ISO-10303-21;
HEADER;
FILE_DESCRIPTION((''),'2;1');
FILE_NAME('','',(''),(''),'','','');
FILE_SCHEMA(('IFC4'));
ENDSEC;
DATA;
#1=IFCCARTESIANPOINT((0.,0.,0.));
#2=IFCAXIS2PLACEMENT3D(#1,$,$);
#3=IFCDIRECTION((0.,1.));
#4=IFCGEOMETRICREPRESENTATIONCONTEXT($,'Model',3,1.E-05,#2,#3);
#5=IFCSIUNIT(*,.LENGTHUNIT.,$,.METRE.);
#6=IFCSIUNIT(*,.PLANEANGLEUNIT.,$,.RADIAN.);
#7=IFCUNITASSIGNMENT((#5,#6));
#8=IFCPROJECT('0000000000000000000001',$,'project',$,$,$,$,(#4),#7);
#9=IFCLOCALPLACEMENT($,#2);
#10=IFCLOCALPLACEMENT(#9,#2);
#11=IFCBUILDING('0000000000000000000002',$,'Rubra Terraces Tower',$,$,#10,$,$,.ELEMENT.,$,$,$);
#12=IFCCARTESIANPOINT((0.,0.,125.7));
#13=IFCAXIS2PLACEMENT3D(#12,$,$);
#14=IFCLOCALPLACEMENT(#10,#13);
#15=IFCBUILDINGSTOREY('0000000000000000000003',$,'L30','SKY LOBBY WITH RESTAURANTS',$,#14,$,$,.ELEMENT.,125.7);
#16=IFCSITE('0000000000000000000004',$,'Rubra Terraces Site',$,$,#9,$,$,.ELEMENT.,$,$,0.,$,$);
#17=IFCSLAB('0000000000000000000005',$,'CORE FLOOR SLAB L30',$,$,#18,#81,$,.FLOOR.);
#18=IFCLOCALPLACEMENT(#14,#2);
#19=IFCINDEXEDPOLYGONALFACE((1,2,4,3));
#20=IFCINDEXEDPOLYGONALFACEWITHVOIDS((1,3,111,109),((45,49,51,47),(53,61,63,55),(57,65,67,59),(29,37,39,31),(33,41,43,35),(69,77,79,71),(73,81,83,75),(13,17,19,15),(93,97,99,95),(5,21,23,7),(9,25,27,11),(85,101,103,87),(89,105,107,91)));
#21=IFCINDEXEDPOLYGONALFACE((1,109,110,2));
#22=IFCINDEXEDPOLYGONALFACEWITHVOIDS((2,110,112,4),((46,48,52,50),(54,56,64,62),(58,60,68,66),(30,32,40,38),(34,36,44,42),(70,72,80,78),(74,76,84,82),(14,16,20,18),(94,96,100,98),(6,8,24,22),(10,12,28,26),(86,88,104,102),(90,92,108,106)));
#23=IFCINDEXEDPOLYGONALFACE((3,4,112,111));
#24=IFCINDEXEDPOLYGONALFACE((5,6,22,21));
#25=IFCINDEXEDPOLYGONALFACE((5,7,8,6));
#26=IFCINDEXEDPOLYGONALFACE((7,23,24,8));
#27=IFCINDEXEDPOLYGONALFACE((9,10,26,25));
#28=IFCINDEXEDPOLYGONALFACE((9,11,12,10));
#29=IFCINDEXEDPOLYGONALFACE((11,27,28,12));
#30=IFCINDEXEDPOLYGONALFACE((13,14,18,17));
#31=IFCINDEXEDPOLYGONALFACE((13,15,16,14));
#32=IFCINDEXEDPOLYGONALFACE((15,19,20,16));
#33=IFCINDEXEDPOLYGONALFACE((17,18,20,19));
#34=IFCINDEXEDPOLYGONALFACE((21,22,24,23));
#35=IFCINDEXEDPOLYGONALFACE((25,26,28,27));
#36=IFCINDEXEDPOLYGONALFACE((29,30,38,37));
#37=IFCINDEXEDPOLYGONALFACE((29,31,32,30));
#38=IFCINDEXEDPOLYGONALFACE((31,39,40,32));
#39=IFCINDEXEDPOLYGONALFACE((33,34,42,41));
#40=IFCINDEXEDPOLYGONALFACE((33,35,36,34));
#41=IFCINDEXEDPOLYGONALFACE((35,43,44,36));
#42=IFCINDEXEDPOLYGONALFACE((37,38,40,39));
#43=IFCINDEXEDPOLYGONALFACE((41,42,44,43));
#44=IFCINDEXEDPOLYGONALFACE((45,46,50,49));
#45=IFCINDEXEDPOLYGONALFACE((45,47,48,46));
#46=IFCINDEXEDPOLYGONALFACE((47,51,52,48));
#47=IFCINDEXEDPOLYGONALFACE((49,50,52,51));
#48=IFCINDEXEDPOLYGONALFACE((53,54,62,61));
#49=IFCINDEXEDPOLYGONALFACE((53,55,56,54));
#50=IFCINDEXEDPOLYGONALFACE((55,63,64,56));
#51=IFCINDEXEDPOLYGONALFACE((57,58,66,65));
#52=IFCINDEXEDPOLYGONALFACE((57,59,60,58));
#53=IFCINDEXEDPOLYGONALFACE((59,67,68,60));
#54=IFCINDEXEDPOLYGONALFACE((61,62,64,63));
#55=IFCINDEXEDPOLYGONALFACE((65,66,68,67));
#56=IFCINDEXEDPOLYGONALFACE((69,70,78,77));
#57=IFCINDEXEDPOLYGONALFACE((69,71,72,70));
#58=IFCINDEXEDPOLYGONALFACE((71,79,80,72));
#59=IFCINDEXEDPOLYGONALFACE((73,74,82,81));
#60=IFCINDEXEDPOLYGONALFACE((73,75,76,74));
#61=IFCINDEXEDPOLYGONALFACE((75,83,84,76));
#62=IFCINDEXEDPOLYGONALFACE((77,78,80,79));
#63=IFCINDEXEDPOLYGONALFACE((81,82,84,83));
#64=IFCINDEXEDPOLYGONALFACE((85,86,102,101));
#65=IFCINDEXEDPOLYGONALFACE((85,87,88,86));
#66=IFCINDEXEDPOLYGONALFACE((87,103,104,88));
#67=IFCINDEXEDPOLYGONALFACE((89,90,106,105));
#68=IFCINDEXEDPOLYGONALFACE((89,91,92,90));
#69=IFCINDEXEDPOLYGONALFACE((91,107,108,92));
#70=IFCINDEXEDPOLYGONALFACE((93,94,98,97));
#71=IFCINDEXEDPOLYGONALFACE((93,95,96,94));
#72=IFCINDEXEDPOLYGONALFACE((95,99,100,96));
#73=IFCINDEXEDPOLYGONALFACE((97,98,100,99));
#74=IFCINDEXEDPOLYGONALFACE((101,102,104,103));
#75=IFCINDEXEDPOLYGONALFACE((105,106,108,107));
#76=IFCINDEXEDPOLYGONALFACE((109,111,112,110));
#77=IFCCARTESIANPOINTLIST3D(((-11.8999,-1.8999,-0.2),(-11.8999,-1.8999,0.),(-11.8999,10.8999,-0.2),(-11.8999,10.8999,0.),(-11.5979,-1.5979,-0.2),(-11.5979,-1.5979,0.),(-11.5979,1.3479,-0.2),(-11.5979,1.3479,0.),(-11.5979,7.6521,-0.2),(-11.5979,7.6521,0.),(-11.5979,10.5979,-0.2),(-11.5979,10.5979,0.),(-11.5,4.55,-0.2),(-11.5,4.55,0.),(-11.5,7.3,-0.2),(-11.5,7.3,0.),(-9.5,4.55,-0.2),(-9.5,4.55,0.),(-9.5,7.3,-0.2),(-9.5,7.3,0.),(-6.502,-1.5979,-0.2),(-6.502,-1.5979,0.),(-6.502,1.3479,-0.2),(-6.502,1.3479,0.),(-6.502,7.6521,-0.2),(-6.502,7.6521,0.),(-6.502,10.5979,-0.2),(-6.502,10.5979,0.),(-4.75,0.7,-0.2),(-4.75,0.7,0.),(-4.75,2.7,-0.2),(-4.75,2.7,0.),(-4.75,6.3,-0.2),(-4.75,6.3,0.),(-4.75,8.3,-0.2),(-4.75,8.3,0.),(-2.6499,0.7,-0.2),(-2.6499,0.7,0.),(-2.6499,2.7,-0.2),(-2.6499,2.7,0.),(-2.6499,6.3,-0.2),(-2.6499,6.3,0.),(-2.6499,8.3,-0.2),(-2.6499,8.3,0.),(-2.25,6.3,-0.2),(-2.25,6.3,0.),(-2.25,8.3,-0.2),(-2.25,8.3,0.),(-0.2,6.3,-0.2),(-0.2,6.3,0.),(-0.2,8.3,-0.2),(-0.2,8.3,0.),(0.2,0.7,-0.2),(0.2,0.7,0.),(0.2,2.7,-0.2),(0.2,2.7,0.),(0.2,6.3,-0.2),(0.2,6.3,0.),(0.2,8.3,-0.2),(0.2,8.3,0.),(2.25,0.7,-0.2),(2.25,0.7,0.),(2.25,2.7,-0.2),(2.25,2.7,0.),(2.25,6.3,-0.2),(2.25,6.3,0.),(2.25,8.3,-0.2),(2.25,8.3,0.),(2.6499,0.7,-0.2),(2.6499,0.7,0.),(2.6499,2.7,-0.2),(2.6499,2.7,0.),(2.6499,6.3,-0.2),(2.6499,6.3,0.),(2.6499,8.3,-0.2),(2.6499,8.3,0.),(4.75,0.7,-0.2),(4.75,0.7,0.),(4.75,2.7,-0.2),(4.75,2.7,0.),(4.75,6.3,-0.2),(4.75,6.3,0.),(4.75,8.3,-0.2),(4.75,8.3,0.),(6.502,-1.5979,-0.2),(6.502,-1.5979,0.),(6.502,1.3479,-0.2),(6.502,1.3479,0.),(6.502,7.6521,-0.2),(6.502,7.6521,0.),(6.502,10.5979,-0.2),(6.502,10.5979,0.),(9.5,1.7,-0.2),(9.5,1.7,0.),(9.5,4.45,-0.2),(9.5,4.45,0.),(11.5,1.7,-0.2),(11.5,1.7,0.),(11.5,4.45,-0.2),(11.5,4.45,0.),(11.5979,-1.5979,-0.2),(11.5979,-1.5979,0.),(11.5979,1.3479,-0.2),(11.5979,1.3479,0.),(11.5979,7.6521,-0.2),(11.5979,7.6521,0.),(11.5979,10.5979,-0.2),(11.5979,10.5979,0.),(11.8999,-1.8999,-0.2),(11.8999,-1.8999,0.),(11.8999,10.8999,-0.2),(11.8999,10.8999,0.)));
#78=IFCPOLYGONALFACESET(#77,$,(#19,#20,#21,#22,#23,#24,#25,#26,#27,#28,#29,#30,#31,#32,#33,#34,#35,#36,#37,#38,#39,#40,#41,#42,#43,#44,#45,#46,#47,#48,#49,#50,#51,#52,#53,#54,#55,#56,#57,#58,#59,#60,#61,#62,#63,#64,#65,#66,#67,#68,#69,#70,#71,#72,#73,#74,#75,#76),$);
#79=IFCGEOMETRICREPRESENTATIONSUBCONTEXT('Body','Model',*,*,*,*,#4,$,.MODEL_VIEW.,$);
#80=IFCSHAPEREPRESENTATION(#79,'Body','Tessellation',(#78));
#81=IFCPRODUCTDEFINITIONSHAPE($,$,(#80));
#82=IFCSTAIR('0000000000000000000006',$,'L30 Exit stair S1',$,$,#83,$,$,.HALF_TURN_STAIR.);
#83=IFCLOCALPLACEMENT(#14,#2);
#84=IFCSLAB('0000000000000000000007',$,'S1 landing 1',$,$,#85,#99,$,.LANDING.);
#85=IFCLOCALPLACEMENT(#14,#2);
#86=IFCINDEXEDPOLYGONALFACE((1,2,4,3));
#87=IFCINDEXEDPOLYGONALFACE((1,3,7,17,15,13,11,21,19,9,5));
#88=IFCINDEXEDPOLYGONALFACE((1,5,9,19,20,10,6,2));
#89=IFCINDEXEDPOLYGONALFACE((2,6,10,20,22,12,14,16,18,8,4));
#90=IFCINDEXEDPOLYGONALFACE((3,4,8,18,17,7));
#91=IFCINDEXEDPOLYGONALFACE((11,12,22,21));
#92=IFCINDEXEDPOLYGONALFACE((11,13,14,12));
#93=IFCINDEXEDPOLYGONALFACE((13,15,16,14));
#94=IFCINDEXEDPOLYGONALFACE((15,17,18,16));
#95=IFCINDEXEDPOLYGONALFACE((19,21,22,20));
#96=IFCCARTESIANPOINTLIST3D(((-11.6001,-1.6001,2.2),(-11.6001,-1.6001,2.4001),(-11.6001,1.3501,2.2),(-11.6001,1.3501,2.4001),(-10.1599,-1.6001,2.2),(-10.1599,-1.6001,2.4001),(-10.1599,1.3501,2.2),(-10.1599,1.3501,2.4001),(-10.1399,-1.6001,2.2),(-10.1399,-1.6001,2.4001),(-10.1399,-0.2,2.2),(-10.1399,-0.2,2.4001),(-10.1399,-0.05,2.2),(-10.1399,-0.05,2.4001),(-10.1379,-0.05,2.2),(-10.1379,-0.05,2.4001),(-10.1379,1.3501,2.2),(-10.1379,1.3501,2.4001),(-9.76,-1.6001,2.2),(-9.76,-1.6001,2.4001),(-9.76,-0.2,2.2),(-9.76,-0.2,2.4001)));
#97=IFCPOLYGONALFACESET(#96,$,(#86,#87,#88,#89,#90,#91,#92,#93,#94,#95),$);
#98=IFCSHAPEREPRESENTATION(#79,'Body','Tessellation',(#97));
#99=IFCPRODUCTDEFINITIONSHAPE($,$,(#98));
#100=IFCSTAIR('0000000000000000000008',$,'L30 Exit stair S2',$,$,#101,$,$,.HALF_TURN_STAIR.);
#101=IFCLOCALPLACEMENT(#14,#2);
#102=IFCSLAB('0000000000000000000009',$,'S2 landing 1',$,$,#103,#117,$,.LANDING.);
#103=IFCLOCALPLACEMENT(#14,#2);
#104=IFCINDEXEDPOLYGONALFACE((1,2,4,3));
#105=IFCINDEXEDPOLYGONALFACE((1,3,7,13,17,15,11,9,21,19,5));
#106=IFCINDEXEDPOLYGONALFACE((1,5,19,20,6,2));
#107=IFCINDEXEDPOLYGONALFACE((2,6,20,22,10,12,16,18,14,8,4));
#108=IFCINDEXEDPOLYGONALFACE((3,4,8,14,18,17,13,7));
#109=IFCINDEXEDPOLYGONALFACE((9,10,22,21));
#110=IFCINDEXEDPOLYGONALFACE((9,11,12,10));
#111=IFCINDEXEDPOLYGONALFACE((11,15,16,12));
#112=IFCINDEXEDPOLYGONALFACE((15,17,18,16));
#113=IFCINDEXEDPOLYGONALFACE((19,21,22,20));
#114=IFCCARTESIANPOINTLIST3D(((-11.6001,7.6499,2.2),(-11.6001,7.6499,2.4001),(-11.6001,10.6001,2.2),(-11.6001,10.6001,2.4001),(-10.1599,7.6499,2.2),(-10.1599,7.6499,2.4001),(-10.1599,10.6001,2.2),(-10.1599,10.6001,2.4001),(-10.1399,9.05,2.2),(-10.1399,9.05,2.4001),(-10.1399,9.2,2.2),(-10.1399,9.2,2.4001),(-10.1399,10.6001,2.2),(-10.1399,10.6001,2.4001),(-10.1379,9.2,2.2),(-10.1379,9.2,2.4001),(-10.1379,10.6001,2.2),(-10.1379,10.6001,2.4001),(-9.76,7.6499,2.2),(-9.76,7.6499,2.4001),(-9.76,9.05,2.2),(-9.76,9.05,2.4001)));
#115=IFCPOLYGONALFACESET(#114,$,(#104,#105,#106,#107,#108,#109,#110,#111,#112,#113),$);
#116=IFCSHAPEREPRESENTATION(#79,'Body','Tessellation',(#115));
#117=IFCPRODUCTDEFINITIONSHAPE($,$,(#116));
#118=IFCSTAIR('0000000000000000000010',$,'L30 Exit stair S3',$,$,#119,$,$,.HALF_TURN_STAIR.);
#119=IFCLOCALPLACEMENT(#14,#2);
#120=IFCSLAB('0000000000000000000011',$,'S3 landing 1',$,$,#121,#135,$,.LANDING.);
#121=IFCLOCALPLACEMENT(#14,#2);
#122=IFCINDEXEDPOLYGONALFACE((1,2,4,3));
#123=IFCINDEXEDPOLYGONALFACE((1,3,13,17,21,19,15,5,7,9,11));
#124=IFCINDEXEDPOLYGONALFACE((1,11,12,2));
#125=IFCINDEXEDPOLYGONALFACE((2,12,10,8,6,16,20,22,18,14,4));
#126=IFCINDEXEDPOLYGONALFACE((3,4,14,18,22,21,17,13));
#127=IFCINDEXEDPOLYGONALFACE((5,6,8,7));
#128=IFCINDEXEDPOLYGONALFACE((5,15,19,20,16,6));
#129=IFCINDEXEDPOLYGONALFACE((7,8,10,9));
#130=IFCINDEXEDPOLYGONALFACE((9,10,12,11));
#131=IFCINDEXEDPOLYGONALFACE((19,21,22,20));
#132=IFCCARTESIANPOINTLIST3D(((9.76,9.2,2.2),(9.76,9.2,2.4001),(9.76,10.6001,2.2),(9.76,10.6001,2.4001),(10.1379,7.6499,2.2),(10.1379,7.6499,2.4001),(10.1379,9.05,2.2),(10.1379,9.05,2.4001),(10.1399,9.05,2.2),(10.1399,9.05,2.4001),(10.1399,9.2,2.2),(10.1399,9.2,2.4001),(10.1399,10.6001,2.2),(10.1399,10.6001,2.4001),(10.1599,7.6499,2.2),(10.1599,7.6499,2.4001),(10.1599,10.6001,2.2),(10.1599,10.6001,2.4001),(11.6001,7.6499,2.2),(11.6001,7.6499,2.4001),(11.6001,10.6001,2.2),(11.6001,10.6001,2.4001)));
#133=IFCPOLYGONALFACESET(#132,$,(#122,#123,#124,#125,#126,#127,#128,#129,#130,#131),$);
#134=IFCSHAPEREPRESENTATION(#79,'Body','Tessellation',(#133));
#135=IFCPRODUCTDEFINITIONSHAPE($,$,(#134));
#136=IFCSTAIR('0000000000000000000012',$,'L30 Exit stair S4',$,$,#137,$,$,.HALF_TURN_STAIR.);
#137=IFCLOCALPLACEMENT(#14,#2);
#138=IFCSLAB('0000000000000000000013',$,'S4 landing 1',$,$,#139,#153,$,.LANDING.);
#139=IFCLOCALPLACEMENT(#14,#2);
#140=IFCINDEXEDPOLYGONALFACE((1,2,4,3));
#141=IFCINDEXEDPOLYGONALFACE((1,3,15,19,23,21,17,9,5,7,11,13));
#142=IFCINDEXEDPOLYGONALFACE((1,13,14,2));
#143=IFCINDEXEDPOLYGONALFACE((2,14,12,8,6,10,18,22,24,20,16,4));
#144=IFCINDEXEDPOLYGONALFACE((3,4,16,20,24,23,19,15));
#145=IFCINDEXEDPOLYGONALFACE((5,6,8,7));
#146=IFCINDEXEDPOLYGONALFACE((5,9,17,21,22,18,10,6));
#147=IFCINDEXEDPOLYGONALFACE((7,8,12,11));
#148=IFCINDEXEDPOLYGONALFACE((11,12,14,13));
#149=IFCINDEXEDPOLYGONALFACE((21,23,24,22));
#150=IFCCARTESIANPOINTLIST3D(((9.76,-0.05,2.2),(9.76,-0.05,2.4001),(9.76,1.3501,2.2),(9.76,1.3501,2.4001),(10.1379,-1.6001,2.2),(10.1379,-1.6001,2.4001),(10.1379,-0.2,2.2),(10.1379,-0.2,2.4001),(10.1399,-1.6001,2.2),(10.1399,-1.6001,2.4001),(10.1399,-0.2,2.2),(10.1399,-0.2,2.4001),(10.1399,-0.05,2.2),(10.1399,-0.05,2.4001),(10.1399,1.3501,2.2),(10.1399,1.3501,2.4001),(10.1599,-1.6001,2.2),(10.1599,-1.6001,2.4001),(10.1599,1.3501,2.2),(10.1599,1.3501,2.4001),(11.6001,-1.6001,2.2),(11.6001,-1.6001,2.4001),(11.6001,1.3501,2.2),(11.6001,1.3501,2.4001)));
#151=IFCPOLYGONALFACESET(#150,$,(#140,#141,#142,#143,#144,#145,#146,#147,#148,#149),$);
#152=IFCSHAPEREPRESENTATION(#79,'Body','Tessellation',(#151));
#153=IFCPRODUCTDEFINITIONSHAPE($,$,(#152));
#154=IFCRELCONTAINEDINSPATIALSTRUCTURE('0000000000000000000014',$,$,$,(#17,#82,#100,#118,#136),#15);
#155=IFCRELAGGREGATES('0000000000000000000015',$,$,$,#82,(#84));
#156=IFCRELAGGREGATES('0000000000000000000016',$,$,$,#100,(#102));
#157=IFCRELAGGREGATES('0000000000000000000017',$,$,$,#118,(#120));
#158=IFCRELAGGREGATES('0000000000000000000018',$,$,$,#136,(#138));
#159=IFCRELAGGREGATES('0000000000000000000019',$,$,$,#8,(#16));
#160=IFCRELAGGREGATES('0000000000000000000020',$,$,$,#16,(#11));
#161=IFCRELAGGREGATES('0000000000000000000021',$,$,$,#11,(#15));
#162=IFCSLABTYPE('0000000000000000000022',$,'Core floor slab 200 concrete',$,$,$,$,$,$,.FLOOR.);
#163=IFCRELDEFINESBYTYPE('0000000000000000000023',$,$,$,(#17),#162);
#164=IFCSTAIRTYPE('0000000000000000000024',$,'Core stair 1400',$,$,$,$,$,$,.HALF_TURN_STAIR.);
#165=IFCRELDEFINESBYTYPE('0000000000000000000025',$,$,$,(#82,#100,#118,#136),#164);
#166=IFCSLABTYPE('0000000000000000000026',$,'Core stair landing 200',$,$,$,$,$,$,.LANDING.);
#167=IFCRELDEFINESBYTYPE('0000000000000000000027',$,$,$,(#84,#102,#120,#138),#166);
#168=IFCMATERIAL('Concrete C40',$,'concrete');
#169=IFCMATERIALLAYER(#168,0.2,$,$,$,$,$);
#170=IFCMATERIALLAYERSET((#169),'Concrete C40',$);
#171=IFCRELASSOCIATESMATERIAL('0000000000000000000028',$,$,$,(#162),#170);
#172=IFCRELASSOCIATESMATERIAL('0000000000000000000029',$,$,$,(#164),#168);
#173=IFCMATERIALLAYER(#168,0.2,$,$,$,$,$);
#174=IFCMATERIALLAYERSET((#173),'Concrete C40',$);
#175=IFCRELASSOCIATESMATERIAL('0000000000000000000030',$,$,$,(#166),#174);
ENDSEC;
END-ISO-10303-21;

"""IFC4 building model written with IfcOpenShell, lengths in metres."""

from ifc_helpers import new_model, si_unit, direction, frame, origin, place, context, subcontext, project, spatial, polyline, outline, extrude, material, layer, layer_set, type_object, element, aggregate, save


model = new_model("IFC4")

# Units and contexts
model_context = context("Model", 3, precision=1e-05, world=origin(), true_north=direction((0.0, 1.0)))
body_context = subcontext(model_context, "Body", "Model", "MODEL_VIEW")
ifc_project = project(units=[si_unit("LENGTHUNIT", "METRE"), si_unit("PLANEANGLEUNIT", "RADIAN")], contexts=[model_context])

# Site, building, storey
site_placement = place(None, origin())
site = spatial("IfcSite", under=ifc_project, at=site_placement, Name="Rubra Terraces Site", CompositionType="ELEMENT", RefElevation=0.0)
building_placement = place(site_placement, origin())
building = spatial("IfcBuilding", under=site, at=building_placement, Name="Rubra Terraces Tower", CompositionType="ELEMENT")
storey_placement = place(building_placement, frame((0.0, 0.0, 125.7)))
storey = spatial("IfcBuildingStorey", under=building, at=storey_placement, Name="L30", Description="SKY LOBBY WITH RESTAURANTS", CompositionType="ELEMENT", Elevation=125.7)

# Slab
ifc_material_1 = material(Name="Concrete C40", Category="concrete")
ifc_layer_1 = layer(ifc_material_1, 0.2)
ifc_layer_set_1 = layer_set([ifc_layer_1], Name="Concrete C40")
slab_type_1 = type_object("IfcSlabType", Name="Core floor slab 200 concrete", PredefinedType="FLOOR", material=ifc_layer_set_1)
slab_1_placement = place(storey_placement, frame((0.0, 0.0, -0.2)))
element("IfcSlab", 1, at=slab_1_placement, inside=storey, type_object=slab_type_1, Name="CORE FLOOR SLAB L30", PredefinedType="FLOOR", context=body_context, shape_type="SweptSolid", body=[
    extrude(outline(polyline([(-11.8999, -1.8999), (-11.8999, 10.8999), (11.8999, 10.8999), (11.8999, -1.8999), (-11.8999, -1.8999)]), holes=[polyline([(11.5979, -1.5979), (11.5979, 1.3479), (6.502, 1.3479), (6.502, -1.5979), (11.5979, -1.5979)]), polyline([(11.5979, 7.6521), (11.5979, 10.5979), (6.502, 10.5979), (6.502, 7.6521), (11.5979, 7.6521)]), polyline([(9.5, 1.7), (11.5, 1.7), (11.5, 4.45), (9.5, 4.45), (9.5, 1.7)]), polyline([(4.75, 0.7), (4.75, 2.7), (2.6499, 2.7), (2.6499, 0.7), (4.75, 0.7)]), polyline([(4.75, 6.3), (4.75, 8.3), (2.6499, 8.3), (2.6499, 6.3), (4.75, 6.3)]), polyline([(2.25, 0.7), (2.25, 2.7), (0.2, 2.7), (0.2, 0.7), (2.25, 0.7)]), polyline([(2.25, 6.3), (2.25, 8.3), (0.2, 8.3), (0.2, 6.3), (2.25, 6.3)]), polyline([(-0.2, 6.3), (-0.2, 8.3), (-2.25, 8.3), (-2.25, 6.3), (-0.2, 6.3)]), polyline([(-2.6499, 0.7), (-2.6499, 2.7), (-4.75, 2.7), (-4.75, 0.7), (-2.6499, 0.7)]), polyline([(-2.6499, 8.3), (-4.75, 8.3), (-4.75, 6.3), (-2.6499, 6.3), (-2.6499, 8.3)]), polyline([(-11.5979, -1.5979), (-6.502, -1.5979), (-6.502, 1.3479), (-11.5979, 1.3479), (-11.5979, -1.5979)]), polyline([(-11.5979, 7.6521), (-6.502, 7.6521), (-6.502, 10.5979), (-11.5979, 10.5979), (-11.5979, 7.6521)]), polyline([(-9.5, 7.3), (-11.5, 7.3), (-11.5, 4.55), (-9.5, 4.55), (-9.5, 7.3)])]), origin(), (0.0, 0.0, 1.0), 0.2),
])

# Stairs, slabs
stair_type = type_object("IfcStairType", Name="Core stair 1400", PredefinedType="HALF_TURN_STAIR", material=ifc_material_1)
stair_1_placement = place(storey_placement, origin())
stair_1 = element("IfcStair", 2, at=stair_1_placement, inside=storey, type_object=stair_type, Name="L30 Exit stair S1", PredefinedType="HALF_TURN_STAIR")
ifc_layer_2 = layer(ifc_material_1, 0.2)
ifc_layer_set_2 = layer_set([ifc_layer_2], Name="Concrete C40")
slab_type_2 = type_object("IfcSlabType", Name="Core stair landing 200", PredefinedType="LANDING", material=ifc_layer_set_2)
slab_2_placement = place(storey_placement, frame((0.0, 0.0, 2.2)))
slab_2 = element("IfcSlab", 3, at=slab_2_placement, type_object=slab_type_2, Name="S1 landing 1", PredefinedType="LANDING", context=body_context, shape_type="SweptSolid", body=[
    extrude(outline(polyline([(-9.76, -0.2), (-9.76, -1.6001), (-10.1399, -1.6001), (-10.1599, -1.6001), (-11.6001, -1.6001), (-11.6001, 1.3501), (-10.1599, 1.3501), (-10.1379, 1.3501), (-10.1379, -0.05), (-10.1399, -0.05), (-10.1399, -0.2), (-9.76, -0.2)])), origin(), (0.0, 0.0, 1.0), 0.2002),
])
aggregate(stair_1, [slab_2])
stair_2_placement = place(storey_placement, origin())
stair_2 = element("IfcStair", 4, at=stair_2_placement, inside=storey, type_object=stair_type, Name="L30 Exit stair S2", PredefinedType="HALF_TURN_STAIR")
slab_3_placement = place(storey_placement, frame((0.0, 0.0, 2.2)))
slab_3 = element("IfcSlab", 5, at=slab_3_placement, type_object=slab_type_2, Name="S2 landing 1", PredefinedType="LANDING", context=body_context, shape_type="SweptSolid", body=[
    extrude(outline(polyline([(-9.76, 9.05), (-9.76, 7.6499), (-10.1599, 7.6499), (-11.6001, 7.6499), (-11.6001, 10.6001), (-10.1599, 10.6001), (-10.1399, 10.6001), (-10.1379, 10.6001), (-10.1379, 9.2), (-10.1399, 9.2), (-10.1399, 9.05), (-9.76, 9.05)])), origin(), (0.0, 0.0, 1.0), 0.2002),
])
aggregate(stair_2, [slab_3])
stair_3_placement = place(storey_placement, origin())
stair_3 = element("IfcStair", 6, at=stair_3_placement, inside=storey, type_object=stair_type, Name="L30 Exit stair S3", PredefinedType="HALF_TURN_STAIR")
slab_4_placement = place(storey_placement, frame((0.0, 0.0, 2.2)))
slab_4 = element("IfcSlab", 7, at=slab_4_placement, type_object=slab_type_2, Name="S3 landing 1", PredefinedType="LANDING", context=body_context, shape_type="SweptSolid", body=[
    extrude(outline(polyline([(10.1399, 9.05), (10.1399, 9.2), (9.76, 9.2), (9.76, 10.6001), (10.1399, 10.6001), (10.1599, 10.6001), (11.6001, 10.6001), (11.6001, 7.6499), (10.1599, 7.6499), (10.1379, 7.6499), (10.1379, 9.05), (10.1399, 9.05)])), origin(), (0.0, 0.0, 1.0), 0.2002),
])
aggregate(stair_3, [slab_4])
stair_4_placement = place(storey_placement, origin())
stair_4 = element("IfcStair", 8, at=stair_4_placement, inside=storey, type_object=stair_type, Name="L30 Exit stair S4", PredefinedType="HALF_TURN_STAIR")
slab_5_placement = place(storey_placement, frame((0.0, 0.0, 2.2)))
slab_5 = element("IfcSlab", 9, at=slab_5_placement, type_object=slab_type_2, Name="S4 landing 1", PredefinedType="LANDING", context=body_context, shape_type="SweptSolid", body=[
    extrude(outline(polyline([(10.1399, -0.2), (10.1399, -0.05), (9.76, -0.05), (9.76, 1.3501), (10.1399, 1.3501), (10.1599, 1.3501), (11.6001, 1.3501), (11.6001, -1.6001), (10.1599, -1.6001), (10.1399, -1.6001), (10.1379, -1.6001), (10.1379, -0.2), (10.1399, -0.2)])), origin(), (0.0, 0.0, 1.0), 0.2002),
])

aggregate(stair_4, [slab_5])

save(model, "model.ifc")
